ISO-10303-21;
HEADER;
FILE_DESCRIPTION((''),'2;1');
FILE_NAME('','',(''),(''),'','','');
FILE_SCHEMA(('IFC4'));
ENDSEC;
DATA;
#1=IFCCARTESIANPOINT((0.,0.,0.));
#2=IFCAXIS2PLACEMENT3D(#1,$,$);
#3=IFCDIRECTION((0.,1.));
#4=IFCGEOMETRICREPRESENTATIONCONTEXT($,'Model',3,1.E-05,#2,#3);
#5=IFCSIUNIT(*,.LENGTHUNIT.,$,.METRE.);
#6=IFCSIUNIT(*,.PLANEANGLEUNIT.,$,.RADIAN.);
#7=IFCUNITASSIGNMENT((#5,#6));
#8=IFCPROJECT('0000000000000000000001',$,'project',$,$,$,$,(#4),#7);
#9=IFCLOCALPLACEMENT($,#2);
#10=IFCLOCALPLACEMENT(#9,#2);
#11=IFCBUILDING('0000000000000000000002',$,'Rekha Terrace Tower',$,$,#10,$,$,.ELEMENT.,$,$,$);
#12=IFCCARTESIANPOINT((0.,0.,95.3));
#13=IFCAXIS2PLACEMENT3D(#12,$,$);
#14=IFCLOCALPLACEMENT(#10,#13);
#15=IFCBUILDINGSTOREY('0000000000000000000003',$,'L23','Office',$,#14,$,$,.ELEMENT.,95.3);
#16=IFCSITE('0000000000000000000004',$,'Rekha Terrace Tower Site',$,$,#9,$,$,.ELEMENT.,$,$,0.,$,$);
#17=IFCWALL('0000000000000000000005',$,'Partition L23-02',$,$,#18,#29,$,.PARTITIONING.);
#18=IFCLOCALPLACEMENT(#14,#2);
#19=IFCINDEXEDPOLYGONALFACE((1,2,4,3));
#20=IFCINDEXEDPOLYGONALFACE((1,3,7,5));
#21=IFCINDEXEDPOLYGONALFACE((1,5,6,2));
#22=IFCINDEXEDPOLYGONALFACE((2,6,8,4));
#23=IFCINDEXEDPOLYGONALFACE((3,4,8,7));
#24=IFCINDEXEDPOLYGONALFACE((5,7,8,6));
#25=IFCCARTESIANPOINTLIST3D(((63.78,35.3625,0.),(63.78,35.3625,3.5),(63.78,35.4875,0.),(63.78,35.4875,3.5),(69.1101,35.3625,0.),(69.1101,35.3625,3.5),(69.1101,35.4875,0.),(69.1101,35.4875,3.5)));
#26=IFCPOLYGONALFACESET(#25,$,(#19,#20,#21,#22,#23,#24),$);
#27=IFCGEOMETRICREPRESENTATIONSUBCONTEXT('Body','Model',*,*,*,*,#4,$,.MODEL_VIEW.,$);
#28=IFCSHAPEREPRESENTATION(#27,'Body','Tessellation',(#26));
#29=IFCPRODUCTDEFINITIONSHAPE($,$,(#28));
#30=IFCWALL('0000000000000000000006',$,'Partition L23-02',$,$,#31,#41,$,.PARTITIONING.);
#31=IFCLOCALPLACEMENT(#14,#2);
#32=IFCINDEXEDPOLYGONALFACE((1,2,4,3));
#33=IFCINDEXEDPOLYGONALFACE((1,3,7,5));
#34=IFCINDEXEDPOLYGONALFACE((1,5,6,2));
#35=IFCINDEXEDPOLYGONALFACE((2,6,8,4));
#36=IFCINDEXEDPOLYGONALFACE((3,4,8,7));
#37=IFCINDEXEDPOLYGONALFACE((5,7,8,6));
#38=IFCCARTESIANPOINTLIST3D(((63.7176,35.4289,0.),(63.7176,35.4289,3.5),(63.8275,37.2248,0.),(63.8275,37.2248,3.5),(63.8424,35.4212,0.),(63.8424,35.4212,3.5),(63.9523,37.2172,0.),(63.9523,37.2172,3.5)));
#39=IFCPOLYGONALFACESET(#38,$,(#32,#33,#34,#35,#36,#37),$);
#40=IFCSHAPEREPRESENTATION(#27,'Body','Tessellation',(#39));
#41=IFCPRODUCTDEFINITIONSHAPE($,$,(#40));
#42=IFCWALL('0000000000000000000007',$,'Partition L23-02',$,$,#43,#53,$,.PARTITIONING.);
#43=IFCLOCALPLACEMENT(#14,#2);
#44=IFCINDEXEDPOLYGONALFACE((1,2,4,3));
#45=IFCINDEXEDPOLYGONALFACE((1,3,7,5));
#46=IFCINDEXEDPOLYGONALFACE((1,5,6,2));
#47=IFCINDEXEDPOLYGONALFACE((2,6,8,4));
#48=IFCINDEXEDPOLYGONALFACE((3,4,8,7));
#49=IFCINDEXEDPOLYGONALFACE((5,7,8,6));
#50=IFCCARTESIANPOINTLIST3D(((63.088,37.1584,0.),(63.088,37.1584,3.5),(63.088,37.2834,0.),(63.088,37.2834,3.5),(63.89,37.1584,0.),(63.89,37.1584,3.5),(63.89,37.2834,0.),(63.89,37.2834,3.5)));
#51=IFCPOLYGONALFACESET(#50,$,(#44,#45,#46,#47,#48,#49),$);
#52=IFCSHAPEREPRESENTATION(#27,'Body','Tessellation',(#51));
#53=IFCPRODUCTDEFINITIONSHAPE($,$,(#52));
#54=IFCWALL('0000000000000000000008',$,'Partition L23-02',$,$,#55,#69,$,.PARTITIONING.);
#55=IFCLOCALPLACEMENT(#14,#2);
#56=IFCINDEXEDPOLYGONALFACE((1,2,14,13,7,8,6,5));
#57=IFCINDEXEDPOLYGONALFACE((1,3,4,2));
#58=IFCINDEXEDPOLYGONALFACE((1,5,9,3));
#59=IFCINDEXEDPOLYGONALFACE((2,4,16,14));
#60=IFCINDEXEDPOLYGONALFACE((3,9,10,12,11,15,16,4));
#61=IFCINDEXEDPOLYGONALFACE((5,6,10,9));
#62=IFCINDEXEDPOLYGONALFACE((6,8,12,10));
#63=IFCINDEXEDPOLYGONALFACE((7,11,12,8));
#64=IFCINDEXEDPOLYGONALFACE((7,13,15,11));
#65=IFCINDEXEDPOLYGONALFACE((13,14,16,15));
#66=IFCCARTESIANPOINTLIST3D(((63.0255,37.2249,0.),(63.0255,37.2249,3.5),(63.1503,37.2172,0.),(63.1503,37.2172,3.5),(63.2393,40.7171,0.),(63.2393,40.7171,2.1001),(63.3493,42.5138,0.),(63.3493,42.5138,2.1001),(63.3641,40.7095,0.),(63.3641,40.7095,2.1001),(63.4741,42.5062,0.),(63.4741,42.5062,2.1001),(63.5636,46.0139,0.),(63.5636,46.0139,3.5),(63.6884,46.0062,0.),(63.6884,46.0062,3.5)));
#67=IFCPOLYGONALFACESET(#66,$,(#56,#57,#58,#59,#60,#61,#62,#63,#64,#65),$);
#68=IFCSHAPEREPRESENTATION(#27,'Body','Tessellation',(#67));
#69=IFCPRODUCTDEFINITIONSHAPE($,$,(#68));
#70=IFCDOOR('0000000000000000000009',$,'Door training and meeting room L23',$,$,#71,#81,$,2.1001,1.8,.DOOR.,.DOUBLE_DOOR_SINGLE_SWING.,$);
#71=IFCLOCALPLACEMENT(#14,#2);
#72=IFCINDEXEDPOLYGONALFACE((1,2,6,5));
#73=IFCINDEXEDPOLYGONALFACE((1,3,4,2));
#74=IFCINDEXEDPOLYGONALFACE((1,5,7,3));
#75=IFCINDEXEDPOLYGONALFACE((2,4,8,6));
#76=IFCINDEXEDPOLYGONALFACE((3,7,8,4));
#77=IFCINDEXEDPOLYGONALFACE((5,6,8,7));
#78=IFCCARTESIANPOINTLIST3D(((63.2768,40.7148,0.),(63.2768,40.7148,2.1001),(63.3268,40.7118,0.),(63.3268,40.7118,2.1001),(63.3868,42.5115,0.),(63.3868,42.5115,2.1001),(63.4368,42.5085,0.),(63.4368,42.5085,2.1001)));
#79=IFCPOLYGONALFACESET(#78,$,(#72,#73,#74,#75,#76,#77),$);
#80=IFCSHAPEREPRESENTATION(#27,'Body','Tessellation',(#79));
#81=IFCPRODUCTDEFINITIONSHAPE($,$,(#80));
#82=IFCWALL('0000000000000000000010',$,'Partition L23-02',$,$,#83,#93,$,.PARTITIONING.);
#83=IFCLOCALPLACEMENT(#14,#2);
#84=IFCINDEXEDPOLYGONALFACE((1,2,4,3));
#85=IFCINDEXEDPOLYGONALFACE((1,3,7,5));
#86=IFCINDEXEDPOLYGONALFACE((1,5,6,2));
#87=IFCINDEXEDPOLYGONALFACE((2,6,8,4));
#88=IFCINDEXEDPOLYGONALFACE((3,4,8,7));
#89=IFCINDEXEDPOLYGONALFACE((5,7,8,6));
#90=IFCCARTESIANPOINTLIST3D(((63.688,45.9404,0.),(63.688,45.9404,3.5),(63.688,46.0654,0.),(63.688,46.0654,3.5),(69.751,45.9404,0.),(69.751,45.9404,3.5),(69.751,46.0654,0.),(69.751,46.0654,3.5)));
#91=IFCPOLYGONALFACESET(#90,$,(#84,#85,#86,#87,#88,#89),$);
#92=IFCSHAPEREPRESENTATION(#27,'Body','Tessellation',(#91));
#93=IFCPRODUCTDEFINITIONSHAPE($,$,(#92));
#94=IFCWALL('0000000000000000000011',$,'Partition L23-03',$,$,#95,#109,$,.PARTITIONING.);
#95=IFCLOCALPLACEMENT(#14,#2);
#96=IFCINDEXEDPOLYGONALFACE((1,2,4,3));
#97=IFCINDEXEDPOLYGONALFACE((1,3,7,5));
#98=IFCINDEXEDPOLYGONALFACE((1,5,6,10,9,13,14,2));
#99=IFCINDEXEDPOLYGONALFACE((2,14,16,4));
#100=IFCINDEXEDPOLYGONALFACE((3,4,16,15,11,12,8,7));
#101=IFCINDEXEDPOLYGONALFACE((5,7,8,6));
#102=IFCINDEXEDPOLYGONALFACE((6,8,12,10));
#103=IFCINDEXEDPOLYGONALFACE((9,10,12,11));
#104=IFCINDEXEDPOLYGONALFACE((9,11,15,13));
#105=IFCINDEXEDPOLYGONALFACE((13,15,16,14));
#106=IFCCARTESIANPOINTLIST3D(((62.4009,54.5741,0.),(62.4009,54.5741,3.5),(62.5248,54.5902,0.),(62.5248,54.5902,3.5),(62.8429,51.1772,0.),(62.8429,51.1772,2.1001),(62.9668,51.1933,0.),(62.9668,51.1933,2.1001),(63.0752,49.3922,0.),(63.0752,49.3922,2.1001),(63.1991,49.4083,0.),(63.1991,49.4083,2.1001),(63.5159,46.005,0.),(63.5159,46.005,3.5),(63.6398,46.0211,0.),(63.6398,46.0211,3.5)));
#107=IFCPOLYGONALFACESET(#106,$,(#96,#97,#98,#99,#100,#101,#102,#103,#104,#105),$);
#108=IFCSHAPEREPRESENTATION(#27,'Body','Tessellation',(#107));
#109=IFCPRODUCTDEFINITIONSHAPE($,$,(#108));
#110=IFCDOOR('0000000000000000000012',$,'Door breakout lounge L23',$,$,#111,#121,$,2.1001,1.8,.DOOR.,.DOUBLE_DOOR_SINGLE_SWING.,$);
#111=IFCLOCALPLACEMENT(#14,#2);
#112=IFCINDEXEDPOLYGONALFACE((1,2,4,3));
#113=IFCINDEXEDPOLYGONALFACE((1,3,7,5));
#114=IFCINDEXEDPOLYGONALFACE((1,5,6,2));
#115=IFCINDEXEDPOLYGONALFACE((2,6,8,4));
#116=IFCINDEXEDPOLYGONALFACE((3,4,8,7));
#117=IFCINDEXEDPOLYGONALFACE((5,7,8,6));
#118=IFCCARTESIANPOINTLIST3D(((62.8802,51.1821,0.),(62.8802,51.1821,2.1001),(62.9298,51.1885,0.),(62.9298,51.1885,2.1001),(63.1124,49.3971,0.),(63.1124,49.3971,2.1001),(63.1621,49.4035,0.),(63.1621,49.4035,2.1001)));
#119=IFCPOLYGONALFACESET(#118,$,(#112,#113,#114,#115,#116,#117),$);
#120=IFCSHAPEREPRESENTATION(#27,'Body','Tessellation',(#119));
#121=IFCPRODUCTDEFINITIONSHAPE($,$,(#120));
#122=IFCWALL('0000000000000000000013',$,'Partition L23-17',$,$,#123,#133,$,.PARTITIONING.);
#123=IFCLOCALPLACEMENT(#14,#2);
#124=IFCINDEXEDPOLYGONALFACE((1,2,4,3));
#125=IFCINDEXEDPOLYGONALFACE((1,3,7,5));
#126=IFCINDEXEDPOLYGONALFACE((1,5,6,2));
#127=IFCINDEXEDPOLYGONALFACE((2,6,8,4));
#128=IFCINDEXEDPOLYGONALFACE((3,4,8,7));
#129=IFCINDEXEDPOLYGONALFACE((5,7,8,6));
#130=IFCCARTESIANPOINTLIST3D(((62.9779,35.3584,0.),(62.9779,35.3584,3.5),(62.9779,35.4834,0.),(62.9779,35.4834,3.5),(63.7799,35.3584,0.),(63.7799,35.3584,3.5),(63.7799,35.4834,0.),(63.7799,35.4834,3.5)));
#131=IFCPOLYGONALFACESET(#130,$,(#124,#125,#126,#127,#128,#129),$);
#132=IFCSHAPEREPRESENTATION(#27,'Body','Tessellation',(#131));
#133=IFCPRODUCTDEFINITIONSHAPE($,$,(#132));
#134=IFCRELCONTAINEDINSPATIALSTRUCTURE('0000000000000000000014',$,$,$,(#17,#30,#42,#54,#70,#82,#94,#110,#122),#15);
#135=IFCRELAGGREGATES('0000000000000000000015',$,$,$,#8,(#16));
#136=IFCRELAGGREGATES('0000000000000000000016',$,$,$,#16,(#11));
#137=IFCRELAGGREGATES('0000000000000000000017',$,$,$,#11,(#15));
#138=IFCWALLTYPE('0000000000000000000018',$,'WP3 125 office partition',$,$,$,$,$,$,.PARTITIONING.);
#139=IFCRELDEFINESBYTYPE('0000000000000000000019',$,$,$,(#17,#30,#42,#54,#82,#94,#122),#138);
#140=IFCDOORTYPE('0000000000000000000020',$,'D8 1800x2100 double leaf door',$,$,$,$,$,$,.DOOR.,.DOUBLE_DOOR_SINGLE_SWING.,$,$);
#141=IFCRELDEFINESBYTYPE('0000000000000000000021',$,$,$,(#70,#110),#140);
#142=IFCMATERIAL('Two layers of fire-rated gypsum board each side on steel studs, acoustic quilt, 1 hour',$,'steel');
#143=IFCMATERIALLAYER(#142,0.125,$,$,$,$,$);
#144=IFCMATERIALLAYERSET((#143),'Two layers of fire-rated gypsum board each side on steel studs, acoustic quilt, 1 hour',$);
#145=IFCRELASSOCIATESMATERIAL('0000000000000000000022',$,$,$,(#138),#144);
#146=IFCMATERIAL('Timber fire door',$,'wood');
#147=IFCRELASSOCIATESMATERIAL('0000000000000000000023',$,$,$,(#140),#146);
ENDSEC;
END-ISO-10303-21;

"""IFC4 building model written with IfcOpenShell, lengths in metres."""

from ifc_helpers import new_model, si_unit, direction, frame, frame_2d, origin, place, context, subcontext, project, spatial, rectangle, extrude, material, layer, layer_set, type_object, element, fill, save


model = new_model("IFC4")

# Units and contexts
model_context = context("Model", 3, precision=1e-05, world=origin(), true_north=direction((0.0, 1.0)))
body_context = subcontext(model_context, "Body", "Model", "MODEL_VIEW")
ifc_project = project(units=[si_unit("LENGTHUNIT", "METRE"), si_unit("PLANEANGLEUNIT", "RADIAN")], contexts=[model_context])

# Site, building, storey
site_placement = place(None, origin())
site = spatial("IfcSite", under=ifc_project, at=site_placement, Name="Rekha Terrace Tower Site", CompositionType="ELEMENT", RefElevation=0.0)
building_placement = place(site_placement, origin())
building = spatial("IfcBuilding", under=site, at=building_placement, Name="Rekha Terrace Tower", CompositionType="ELEMENT")
storey_placement = place(building_placement, frame((0.0, 0.0, 95.3)))
storey = spatial("IfcBuildingStorey", under=building, at=storey_placement, Name="L23", Description="Office", CompositionType="ELEMENT", Elevation=95.3)

# Shared definitions
ifc_material_1 = material(Name="Timber fire door", Category="wood")

# Walls
ifc_material_2 = material(Name="Two layers of fire-rated gypsum board each side on steel studs, acoustic quilt, 1 hour", Category="steel")
ifc_layer_1 = layer(ifc_material_2, 0.125)
ifc_layer_set_1 = layer_set([ifc_layer_1], Name="Two layers of fire-rated gypsum board each side on steel studs, acoustic quilt, 1 hour")
wall_type_1 = type_object("IfcWallType", Name="WP3 125 office partition", PredefinedType="PARTITIONING", material=ifc_layer_set_1)
wall_1_placement = place(storey_placement, frame((69.1101, 35.425, 0.0), z_axis=(0.0, 0.0, 1.0), x_axis=(-1.0, 0.0, 0.0)))
element("IfcWall", 1, at=wall_1_placement, inside=storey, type_object=wall_type_1, Name="Partition L23-02", PredefinedType="PARTITIONING", context=body_context, shape_type="SweptSolid", body=[
    extrude(rectangle(XDim=5.3301, YDim=0.125, at=frame_2d((2.665, 0.0))), origin(), (0.0, 0.0, 1.0), 3.5),
])
wall_2_placement = place(storey_placement, frame((63.78, 35.425, 0.0), z_axis=(0.0, 0.0, 1.0), x_axis=(0.06106, 0.998134, 0.0)))
element("IfcWall", 2, at=wall_2_placement, inside=storey, type_object=wall_type_1, Name="Partition L23-02", PredefinedType="PARTITIONING", context=body_context, shape_type="SweptSolid", body=[
    extrude(rectangle(XDim=1.7993, YDim=0.125, at=frame_2d((0.8997, 0.0))), origin(), (0.0, 0.0, 1.0), 3.5),
])
wall_3_placement = place(storey_placement, frame((63.8899, 37.2209, 0.0), z_axis=(0.0, 0.0, 1.0), x_axis=(-1.0, 0.0, 0.0)))
element("IfcWall", 3, at=wall_3_placement, inside=storey, type_object=wall_type_1, Name="Partition L23-02", PredefinedType="PARTITIONING", context=body_context, shape_type="SweptSolid", body=[
    extrude(rectangle(XDim=0.802, YDim=0.125, at=frame_2d((0.4009, 0.0))), origin(), (0.0, 0.0, 1.0), 3.5),
])

# Wall, opening, door
wall_4_placement = place(storey_placement, frame((63.0879, 37.2209, 0.0), z_axis=(0.0, 0.0, 1.0), x_axis=(0.061108, 0.998131, 0.0)))
wall_4 = element("IfcWall", 4, at=wall_4_placement, inside=storey, type_object=wall_type_1, Name="Partition L23-02", PredefinedType="PARTITIONING", context=body_context, shape_type="SweptSolid", body=[
    extrude(rectangle(XDim=8.8054, YDim=0.125, at=frame_2d((4.4028, 0.0))), origin(), (0.0, 0.0, 1.0), 3.5),
])
opening_1_placement = place(wall_4_placement, frame((3.499, 0.0, 0.0)))
opening_1 = element("IfcOpeningElement", 5, at=opening_1_placement, cuts=wall_4, PredefinedType="OPENING", context=body_context, shape_type="SweptSolid", body=[
    extrude(rectangle(XDim=1.8, YDim=2.1001, at=frame_2d((0.8999, 1.05))), frame((0.0, 0.0725, 0.0), z_axis=(0.0, -1.0, 0.0), x_axis=(1.0, 0.0, 0.0)), (0.0, 0.0, 1.0), 0.145),
])
door_type_1 = type_object("IfcDoorType", Name="D8 1800x2100 double leaf door", OperationType="DOUBLE_DOOR_SINGLE_SWING", PredefinedType="DOOR", material=ifc_material_1)
door_1_placement = place(opening_1_placement, origin())
door_1 = element("IfcDoor", 6, at=door_1_placement, inside=storey, type_object=door_type_1, Name="Door training and meeting room L23", OperationType="DOUBLE_DOOR_SINGLE_SWING", OverallHeight=2.1001, OverallWidth=1.8, PredefinedType="DOOR", context=body_context, shape_type="SweptSolid", body=[
    extrude(rectangle(XDim=1.8, YDim=2.1001, at=frame_2d((0.8999, 1.05))), frame((0.0, 0.0249, 0.0), z_axis=(0.0, -1.0, 0.0), x_axis=(1.0, 0.0, 0.0)), (0.0, 0.0, 1.0), 0.05),
])
fill(opening_1, door_1)

# Wall
wall_5_placement = place(storey_placement, frame((63.688, 46.0029, 0.0), z_axis=(0.0, 0.0, 1.0), x_axis=(1.0, 0.0, 0.0)))
element("IfcWall", 7, at=wall_5_placement, inside=storey, type_object=wall_type_1, Name="Partition L23-02", PredefinedType="PARTITIONING", context=body_context, shape_type="SweptSolid", body=[
    extrude(rectangle(XDim=6.063, YDim=0.125, at=frame_2d((3.0315, 0.0))), origin(), (0.0, 0.0, 1.0), 3.5),
])

# Wall, opening, door
wall_6_placement = place(storey_placement, frame((63.5779, 46.0129, 0.0), z_axis=(0.0, 0.0, 1.0), x_axis=(-0.12903, 0.991641, 0.0)))
wall_6 = element("IfcWall", 8, at=wall_6_placement, inside=storey, type_object=wall_type_1, Name="Partition L23-03", PredefinedType="PARTITIONING", context=body_context, shape_type="SweptSolid", body=[
    extrude(rectangle(XDim=8.6414, YDim=0.125, at=frame_2d((4.3208, 0.0))), origin(), (0.0, 0.0, 1.0), 3.5),
])
opening_2_placement = place(wall_6_placement, frame((3.416, 0.0, 0.0)))
opening_2 = element("IfcOpeningElement", 9, at=opening_2_placement, cuts=wall_6, PredefinedType="OPENING", context=body_context, shape_type="SweptSolid", body=[
    extrude(rectangle(XDim=1.8, YDim=2.1001, at=frame_2d((0.8999, 1.05))), frame((0.0, 0.0725, 0.0), z_axis=(0.0, -1.0, 0.0), x_axis=(1.0, 0.0, 0.0)), (0.0, 0.0, 1.0), 0.145),
])
door_2_placement = place(opening_2_placement, origin())
door_2 = element("IfcDoor", 10, at=door_2_placement, inside=storey, type_object=door_type_1, Name="Door breakout lounge L23", OperationType="DOUBLE_DOOR_SINGLE_SWING", OverallHeight=2.1001, OverallWidth=1.8, PredefinedType="DOOR", context=body_context, shape_type="SweptSolid", body=[
    extrude(rectangle(XDim=1.8, YDim=2.1001, at=frame_2d((0.8999, 1.05))), frame((0.0, 0.0249, 0.0), z_axis=(0.0, -1.0, 0.0), x_axis=(1.0, 0.0, 0.0)), (0.0, 0.0, 1.0), 0.05),
])
fill(opening_2, door_2)

# Wall
wall_7_placement = place(storey_placement, frame((62.978, 35.4209, 0.0), z_axis=(0.0, 0.0, 1.0), x_axis=(1.0, 0.0, 0.0)))
element("IfcWall", 11, at=wall_7_placement, inside=storey, type_object=wall_type_1, Name="Partition L23-17", PredefinedType="PARTITIONING", context=body_context, shape_type="SweptSolid", body=[
    extrude(rectangle(XDim=0.802, YDim=0.125, at=frame_2d((0.4009, 0.0))), origin(), (0.0, 0.0, 1.0), 3.5),
])

save(model, "model.ifc")
